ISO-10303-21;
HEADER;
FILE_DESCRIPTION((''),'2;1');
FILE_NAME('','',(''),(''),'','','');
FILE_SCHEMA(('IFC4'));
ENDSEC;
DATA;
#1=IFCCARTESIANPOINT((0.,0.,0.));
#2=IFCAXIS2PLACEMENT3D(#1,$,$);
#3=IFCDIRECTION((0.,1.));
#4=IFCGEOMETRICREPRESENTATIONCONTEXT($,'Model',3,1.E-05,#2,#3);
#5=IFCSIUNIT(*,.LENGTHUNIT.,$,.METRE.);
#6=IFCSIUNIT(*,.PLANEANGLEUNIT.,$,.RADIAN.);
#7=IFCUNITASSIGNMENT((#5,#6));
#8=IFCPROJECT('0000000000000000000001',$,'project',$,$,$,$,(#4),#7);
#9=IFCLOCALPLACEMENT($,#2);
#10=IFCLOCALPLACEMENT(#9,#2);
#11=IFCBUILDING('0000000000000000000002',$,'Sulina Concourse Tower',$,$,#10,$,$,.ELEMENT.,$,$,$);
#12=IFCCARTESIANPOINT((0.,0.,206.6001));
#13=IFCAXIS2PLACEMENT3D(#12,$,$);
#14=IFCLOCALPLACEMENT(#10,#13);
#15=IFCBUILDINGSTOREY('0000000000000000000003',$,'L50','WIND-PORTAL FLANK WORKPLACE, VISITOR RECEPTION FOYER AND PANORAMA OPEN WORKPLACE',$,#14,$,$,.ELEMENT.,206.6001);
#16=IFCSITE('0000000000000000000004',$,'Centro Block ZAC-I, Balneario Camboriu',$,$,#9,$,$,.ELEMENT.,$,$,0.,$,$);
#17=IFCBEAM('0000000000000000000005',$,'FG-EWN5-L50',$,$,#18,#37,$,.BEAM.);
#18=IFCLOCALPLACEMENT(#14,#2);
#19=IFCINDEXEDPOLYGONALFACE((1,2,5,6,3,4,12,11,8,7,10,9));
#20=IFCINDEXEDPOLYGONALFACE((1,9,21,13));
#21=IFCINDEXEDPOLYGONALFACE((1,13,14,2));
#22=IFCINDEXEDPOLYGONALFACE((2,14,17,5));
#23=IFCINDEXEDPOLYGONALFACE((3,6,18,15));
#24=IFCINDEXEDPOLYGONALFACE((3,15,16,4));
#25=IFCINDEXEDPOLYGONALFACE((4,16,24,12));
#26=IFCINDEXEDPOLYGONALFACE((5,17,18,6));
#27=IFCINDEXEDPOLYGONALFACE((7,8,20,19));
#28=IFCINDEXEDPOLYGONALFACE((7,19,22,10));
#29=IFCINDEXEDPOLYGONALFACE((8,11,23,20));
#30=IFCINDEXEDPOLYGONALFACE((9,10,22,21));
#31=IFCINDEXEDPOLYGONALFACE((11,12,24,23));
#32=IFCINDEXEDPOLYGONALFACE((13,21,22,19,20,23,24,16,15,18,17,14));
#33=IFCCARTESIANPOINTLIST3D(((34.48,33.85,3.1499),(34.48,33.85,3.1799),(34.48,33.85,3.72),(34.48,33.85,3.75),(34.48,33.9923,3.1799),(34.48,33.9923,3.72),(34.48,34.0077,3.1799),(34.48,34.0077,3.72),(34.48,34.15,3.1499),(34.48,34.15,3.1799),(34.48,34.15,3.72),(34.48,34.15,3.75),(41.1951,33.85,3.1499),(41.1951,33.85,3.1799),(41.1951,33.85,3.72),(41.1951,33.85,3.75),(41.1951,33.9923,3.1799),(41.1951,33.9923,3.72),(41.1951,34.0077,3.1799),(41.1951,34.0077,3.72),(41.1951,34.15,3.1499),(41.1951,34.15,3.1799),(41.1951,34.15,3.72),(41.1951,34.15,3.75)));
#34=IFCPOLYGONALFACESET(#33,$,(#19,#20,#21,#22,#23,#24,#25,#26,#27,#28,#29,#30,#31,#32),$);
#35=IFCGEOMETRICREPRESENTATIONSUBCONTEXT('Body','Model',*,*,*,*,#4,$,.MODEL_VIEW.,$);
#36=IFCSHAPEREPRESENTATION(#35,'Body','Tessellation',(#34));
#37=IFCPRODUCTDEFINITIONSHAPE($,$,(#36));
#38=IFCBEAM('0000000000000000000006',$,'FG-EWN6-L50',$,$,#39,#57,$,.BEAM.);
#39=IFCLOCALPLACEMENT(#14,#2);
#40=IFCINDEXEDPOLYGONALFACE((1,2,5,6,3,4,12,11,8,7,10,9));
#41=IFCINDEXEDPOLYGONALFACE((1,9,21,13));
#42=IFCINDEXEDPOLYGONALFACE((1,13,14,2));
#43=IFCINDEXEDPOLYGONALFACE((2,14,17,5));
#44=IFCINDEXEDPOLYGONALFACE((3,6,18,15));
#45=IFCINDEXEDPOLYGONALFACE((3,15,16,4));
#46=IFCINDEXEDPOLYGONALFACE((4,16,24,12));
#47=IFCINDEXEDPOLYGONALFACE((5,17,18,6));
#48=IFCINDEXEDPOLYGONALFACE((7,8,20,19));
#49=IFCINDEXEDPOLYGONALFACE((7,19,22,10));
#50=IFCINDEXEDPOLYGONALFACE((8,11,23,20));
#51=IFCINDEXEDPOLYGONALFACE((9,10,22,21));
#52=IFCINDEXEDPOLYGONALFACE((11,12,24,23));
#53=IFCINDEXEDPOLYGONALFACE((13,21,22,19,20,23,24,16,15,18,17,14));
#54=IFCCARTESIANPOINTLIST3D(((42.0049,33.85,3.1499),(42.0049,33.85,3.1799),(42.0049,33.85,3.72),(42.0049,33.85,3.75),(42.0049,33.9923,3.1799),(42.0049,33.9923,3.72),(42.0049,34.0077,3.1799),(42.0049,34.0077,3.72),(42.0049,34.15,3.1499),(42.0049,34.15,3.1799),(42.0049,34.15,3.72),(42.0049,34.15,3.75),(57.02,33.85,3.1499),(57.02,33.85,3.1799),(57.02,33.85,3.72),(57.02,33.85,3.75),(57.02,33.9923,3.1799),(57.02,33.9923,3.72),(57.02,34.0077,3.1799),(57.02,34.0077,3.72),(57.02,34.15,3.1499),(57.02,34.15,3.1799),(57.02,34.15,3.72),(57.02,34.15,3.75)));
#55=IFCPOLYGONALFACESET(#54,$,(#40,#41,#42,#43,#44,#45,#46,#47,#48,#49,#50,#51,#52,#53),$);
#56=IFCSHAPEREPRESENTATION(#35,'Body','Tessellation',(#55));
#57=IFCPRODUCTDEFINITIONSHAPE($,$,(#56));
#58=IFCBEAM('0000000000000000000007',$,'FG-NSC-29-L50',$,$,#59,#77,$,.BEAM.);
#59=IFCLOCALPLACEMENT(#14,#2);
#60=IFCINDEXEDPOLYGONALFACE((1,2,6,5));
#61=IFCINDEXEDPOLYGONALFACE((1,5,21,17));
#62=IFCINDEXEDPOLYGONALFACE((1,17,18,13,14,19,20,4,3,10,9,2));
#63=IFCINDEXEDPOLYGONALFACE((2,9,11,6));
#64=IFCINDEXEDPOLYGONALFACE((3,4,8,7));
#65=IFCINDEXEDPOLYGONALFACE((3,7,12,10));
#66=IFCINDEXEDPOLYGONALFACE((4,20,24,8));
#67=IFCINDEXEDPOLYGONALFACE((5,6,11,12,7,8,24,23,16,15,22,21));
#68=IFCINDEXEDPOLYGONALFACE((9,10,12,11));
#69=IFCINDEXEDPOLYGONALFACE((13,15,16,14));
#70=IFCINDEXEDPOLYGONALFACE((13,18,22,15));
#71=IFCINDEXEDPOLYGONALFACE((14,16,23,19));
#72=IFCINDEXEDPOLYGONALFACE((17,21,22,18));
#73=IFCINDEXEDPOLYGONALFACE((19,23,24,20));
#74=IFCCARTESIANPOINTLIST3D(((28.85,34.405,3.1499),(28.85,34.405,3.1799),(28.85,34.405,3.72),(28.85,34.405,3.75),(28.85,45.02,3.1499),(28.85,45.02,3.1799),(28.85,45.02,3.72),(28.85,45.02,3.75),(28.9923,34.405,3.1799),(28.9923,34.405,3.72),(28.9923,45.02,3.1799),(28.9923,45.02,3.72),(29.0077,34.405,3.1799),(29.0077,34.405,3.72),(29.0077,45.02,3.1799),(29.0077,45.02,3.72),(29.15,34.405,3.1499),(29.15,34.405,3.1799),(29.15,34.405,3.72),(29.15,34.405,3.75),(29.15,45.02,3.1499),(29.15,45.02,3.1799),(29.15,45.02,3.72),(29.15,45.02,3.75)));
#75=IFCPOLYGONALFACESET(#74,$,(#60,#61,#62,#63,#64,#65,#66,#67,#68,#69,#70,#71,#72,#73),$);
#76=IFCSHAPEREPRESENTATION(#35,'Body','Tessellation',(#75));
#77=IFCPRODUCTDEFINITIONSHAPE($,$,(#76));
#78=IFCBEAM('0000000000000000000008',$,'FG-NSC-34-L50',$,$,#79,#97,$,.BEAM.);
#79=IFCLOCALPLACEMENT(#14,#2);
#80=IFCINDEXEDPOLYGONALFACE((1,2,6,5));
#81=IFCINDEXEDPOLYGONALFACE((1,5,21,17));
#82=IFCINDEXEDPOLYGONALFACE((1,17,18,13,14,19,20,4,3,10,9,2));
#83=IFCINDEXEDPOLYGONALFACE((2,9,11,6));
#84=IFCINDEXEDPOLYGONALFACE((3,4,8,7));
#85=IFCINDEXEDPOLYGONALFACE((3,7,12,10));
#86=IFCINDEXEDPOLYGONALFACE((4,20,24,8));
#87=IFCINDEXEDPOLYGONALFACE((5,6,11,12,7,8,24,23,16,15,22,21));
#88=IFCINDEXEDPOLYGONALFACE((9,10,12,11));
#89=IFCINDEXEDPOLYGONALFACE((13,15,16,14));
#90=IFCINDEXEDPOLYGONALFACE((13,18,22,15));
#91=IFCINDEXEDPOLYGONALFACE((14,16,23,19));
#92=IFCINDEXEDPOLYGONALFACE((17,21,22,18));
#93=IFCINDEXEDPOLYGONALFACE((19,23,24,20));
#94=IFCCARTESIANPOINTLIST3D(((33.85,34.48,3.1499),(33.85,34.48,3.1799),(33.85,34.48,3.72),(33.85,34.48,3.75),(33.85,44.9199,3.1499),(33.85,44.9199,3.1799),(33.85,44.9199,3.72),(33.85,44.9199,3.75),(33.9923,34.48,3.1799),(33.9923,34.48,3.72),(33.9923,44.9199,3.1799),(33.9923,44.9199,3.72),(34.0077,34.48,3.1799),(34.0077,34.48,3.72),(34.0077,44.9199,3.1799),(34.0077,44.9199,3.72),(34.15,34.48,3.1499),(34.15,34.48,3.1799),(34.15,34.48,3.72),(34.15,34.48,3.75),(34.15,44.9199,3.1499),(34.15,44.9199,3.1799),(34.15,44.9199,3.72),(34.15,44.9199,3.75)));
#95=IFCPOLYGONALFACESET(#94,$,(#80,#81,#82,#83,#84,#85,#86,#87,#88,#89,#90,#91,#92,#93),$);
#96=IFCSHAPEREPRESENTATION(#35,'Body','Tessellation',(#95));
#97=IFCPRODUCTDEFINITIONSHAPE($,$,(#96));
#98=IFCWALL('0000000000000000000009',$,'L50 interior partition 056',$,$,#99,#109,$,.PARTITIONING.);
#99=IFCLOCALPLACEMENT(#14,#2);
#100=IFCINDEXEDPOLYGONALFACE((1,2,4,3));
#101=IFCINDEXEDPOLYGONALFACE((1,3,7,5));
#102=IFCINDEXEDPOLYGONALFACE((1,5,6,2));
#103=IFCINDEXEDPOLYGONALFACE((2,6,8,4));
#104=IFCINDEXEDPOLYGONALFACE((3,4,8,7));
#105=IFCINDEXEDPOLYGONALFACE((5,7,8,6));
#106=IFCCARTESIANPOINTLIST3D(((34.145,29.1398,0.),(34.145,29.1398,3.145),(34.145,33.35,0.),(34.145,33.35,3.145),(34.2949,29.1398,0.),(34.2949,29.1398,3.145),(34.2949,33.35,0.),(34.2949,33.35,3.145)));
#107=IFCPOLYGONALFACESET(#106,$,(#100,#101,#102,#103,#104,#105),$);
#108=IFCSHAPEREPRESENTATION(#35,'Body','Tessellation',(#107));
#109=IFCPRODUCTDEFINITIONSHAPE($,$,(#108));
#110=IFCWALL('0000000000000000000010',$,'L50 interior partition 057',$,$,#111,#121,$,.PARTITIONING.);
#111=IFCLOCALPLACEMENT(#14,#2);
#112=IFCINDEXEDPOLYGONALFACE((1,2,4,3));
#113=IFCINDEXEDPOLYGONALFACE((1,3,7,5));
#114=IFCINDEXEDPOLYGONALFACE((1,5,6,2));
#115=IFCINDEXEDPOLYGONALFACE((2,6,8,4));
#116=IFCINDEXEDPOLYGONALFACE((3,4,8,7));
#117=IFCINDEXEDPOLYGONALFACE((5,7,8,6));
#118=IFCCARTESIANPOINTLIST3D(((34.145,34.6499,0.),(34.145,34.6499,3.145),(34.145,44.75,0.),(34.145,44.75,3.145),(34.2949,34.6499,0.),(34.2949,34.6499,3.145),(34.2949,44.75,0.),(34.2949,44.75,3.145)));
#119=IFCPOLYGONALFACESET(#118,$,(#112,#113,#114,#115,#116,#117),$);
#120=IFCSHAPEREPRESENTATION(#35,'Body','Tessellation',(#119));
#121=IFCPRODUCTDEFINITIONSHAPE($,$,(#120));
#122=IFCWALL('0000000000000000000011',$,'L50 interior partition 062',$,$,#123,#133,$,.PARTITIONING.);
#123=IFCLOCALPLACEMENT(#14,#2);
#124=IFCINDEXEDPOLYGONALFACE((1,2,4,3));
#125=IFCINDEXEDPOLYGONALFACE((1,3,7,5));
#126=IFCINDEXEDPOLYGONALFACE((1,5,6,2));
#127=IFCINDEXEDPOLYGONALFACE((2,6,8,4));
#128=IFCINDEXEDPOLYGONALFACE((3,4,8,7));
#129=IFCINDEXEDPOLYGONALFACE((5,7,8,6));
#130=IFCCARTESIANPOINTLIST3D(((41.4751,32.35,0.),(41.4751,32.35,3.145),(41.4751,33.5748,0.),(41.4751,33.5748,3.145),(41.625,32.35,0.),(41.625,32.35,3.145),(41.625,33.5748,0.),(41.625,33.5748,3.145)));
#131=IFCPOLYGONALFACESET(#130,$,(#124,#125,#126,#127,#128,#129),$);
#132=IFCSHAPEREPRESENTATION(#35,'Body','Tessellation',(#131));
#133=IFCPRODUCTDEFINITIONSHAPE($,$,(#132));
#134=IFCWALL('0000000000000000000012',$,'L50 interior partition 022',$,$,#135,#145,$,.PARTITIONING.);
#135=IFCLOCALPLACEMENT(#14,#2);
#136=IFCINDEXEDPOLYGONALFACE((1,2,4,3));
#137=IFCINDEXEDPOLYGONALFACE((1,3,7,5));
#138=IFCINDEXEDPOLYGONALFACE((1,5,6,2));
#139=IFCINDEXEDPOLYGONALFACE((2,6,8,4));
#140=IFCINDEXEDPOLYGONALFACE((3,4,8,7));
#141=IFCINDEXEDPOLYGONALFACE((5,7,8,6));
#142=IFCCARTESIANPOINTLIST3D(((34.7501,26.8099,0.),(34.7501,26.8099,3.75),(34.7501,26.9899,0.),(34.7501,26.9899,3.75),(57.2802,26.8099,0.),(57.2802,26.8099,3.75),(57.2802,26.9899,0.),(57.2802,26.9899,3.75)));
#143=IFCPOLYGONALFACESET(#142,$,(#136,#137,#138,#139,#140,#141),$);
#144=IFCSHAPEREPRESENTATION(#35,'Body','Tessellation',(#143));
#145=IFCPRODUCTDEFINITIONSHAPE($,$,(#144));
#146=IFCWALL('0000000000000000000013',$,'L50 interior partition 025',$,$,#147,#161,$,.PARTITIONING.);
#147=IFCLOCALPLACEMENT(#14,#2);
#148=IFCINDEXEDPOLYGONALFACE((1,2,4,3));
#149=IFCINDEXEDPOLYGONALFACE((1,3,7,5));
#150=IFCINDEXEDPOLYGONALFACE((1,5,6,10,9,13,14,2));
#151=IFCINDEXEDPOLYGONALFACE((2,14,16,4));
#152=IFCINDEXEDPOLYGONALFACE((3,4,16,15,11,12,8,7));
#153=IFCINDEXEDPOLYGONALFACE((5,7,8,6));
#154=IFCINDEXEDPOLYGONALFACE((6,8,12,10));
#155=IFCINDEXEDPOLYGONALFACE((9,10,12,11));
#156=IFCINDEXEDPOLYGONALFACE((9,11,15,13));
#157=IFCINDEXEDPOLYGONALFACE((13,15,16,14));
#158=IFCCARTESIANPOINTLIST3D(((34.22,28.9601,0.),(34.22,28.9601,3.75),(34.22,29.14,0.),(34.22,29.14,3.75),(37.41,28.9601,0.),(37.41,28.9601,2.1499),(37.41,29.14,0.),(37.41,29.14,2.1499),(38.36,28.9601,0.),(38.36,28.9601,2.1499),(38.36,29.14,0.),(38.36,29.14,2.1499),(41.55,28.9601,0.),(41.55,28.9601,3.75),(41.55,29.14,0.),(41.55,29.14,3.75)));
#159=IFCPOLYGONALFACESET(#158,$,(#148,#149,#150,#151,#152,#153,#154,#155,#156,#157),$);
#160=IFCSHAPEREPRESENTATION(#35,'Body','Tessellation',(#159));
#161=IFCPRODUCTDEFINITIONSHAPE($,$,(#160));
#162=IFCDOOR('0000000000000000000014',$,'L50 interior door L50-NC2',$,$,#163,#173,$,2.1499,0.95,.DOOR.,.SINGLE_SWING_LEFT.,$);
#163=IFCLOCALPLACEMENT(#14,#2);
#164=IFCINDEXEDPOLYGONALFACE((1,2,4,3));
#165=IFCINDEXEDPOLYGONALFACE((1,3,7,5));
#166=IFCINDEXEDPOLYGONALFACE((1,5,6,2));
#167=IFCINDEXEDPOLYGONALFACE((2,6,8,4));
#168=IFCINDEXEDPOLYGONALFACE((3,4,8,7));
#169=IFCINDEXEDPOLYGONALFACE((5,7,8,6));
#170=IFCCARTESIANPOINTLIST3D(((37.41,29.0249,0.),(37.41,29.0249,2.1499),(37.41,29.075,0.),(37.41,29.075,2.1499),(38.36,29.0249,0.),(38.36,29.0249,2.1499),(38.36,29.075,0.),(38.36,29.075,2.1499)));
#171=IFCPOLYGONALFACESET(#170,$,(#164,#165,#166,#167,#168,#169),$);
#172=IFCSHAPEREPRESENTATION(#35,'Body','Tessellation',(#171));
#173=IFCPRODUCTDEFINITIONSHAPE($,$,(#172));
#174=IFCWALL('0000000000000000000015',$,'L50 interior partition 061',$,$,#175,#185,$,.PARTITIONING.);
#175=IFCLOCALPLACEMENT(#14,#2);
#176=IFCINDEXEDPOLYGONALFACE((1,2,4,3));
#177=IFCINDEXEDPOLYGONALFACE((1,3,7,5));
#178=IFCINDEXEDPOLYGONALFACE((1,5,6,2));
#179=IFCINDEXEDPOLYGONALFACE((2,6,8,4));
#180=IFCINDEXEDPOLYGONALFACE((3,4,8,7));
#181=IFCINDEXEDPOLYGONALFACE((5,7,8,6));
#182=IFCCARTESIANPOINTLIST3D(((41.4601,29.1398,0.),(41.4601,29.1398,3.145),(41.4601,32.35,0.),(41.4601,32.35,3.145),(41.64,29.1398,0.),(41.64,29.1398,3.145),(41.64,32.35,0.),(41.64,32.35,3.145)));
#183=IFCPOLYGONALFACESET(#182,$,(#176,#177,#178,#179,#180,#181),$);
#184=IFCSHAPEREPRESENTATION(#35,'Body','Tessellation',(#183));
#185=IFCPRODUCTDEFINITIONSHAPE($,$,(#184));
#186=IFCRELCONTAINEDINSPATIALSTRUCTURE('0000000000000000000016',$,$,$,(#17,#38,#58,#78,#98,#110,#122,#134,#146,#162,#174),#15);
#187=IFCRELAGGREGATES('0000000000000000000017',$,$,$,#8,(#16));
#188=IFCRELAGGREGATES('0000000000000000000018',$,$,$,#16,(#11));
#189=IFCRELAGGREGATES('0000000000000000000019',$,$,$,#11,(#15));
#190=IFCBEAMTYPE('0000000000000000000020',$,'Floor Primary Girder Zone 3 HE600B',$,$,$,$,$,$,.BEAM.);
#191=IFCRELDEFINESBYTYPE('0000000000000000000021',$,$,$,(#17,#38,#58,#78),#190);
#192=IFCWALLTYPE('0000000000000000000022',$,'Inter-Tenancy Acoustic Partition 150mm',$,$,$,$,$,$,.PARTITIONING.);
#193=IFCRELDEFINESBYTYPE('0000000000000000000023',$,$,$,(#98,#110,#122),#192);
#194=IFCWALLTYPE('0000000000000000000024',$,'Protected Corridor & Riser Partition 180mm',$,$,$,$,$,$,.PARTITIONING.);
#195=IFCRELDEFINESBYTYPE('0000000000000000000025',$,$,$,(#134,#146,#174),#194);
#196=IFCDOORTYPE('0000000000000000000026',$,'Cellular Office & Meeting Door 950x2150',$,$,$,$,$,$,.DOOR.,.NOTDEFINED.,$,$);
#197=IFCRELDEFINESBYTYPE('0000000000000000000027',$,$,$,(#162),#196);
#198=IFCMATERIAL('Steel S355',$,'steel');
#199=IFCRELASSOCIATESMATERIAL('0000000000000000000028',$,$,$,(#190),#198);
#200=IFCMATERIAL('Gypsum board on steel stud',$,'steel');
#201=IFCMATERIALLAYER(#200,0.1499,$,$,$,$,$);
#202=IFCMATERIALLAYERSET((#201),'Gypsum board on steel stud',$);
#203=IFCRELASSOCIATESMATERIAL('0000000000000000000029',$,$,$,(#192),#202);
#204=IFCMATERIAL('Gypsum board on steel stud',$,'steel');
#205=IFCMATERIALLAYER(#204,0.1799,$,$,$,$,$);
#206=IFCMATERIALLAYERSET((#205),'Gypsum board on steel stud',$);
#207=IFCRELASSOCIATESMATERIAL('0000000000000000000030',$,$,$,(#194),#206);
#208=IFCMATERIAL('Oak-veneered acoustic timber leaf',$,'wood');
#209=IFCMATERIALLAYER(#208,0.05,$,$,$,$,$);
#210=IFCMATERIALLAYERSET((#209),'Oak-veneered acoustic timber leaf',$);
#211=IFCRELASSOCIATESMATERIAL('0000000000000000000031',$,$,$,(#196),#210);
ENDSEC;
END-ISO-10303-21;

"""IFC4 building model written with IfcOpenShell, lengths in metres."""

from ifc_helpers import new_model, si_unit, direction, frame, frame_2d, origin, origin_2d, place, context, subcontext, project, spatial, rectangle, i_section, extrude, material, layer, layer_set, material_profile, profile_set, type_object, element, fill, save


model = new_model("IFC4")

# Units and contexts
model_context = context("Model", 3, precision=1e-05, world=origin(), true_north=direction((0.0, 1.0)))
body_context = subcontext(model_context, "Body", "Model", "MODEL_VIEW")
ifc_project = project(units=[si_unit("LENGTHUNIT", "METRE"), si_unit("PLANEANGLEUNIT", "RADIAN")], contexts=[model_context])

# Site, building, storey
site_placement = place(None, origin())
site = spatial("IfcSite", under=ifc_project, at=site_placement, Name="Centro Block ZAC-I, Balneario Camboriu", CompositionType="ELEMENT", RefElevation=0.0)
building_placement = place(site_placement, origin())
building = spatial("IfcBuilding", under=site, at=building_placement, Name="Sulina Concourse Tower", CompositionType="ELEMENT")
storey_placement = place(building_placement, frame((0.0, 0.0, 206.6001)))
storey = spatial("IfcBuildingStorey", under=building, at=storey_placement, Name="L50", Description="WIND-PORTAL FLANK WORKPLACE, VISITOR RECEPTION FOYER AND PANORAMA OPEN WORKPLACE", CompositionType="ELEMENT", Elevation=206.6001)

# Beams
ifc_material_1 = material(Name="Steel S355", Category="steel")
ifc_material_profile_1 = material_profile(ifc_material_1, i_section(OverallWidth=0.3, OverallDepth=0.6001, WebThickness=0.0154, FlangeThickness=0.03, at=origin_2d()), Name="HE 600 B")
ifc_profile_set_1 = profile_set([ifc_material_profile_1], Name="Steel S355")
beam_type_1 = type_object("IfcBeamType", Name="Floor Primary Girder Zone 3 HE600B", PredefinedType="BEAM", material=ifc_profile_set_1)
beam_1_placement = place(storey_placement, frame((34.48, 34.0, 3.45), z_axis=(1.0, 0.0, 0.0), x_axis=(0.0, 1.0, 0.0)))
element("IfcBeam", 1, at=beam_1_placement, inside=storey, type_object=beam_type_1, Name="FG-EWN5-L50", PredefinedType="BEAM", context=body_context, shape_type="SweptSolid", body=[
    extrude(i_section(OverallWidth=0.3, OverallDepth=0.6001, WebThickness=0.0154, FlangeThickness=0.03, at=origin_2d()), origin(), (0.0, 0.0, 1.0), 6.7151),
])
beam_2_placement = place(storey_placement, frame((42.0049, 34.0, 3.45), z_axis=(1.0, 0.0, 0.0), x_axis=(0.0, 1.0, 0.0)))
element("IfcBeam", 2, at=beam_2_placement, inside=storey, type_object=beam_type_1, Name="FG-EWN6-L50", PredefinedType="BEAM", context=body_context, shape_type="SweptSolid", body=[
    extrude(i_section(OverallWidth=0.3, OverallDepth=0.6001, WebThickness=0.0154, FlangeThickness=0.03, at=origin_2d()), origin(), (0.0, 0.0, 1.0), 15.0151),
])
beam_3_placement = place(storey_placement, frame((29.0, 34.405, 3.45), z_axis=(0.0, 1.0, 0.0), x_axis=(-1.0, 0.0, 0.0)))
element("IfcBeam", 3, at=beam_3_placement, inside=storey, type_object=beam_type_1, Name="FG-NSC-29-L50", PredefinedType="BEAM", context=body_context, shape_type="SweptSolid", body=[
    extrude(i_section(OverallWidth=0.3, OverallDepth=0.6001, WebThickness=0.0154, FlangeThickness=0.03, at=origin_2d()), origin(), (0.0, 0.0, 1.0), 10.615),
])
beam_4_placement = place(storey_placement, frame((34.0, 34.48, 3.45), z_axis=(0.0, 1.0, 0.0), x_axis=(-1.0, 0.0, 0.0)))
element("IfcBeam", 4, at=beam_4_placement, inside=storey, type_object=beam_type_1, Name="FG-NSC-34-L50", PredefinedType="BEAM", context=body_context, shape_type="SweptSolid", body=[
    extrude(i_section(OverallWidth=0.3, OverallDepth=0.6001, WebThickness=0.0154, FlangeThickness=0.03, at=origin_2d()), origin(), (0.0, 0.0, 1.0), 10.4399),
])

# Walls
ifc_material_2 = material(Name="Gypsum board on steel stud", Category="steel")
ifc_layer_1 = layer(ifc_material_2, 0.1499)
ifc_layer_set_1 = layer_set([ifc_layer_1], Name="Gypsum board on steel stud")
wall_type_1 = type_object("IfcWallType", Name="Inter-Tenancy Acoustic Partition 150mm", PredefinedType="PARTITIONING", material=ifc_layer_set_1)
wall_1_placement = place(storey_placement, frame((34.22, 29.1399, 0.0), z_axis=(0.0, 0.0, 1.0), x_axis=(0.0, 1.0, 0.0)))
element("IfcWall", 5, at=wall_1_placement, inside=storey, type_object=wall_type_1, Name="L50 interior partition 056", PredefinedType="PARTITIONING", context=body_context, shape_type="SweptSolid", body=[
    extrude(rectangle(XDim=4.2102, YDim=0.1499, at=frame_2d((2.105, 0.0))), origin(), (0.0, 0.0, 1.0), 3.145),
])
wall_2_placement = place(storey_placement, frame((34.22, 34.6499, 0.0), z_axis=(0.0, 0.0, 1.0), x_axis=(0.0, 1.0, 0.0)))
element("IfcWall", 6, at=wall_2_placement, inside=storey, type_object=wall_type_1, Name="L50 interior partition 057", PredefinedType="PARTITIONING", context=body_context, shape_type="SweptSolid", body=[
    extrude(rectangle(XDim=10.1001, YDim=0.1499, at=frame_2d((5.05, 0.0))), origin(), (0.0, 0.0, 1.0), 3.145),
])
wall_3_placement = place(storey_placement, frame((41.55, 32.3501, 0.0), z_axis=(0.0, 0.0, 1.0), x_axis=(0.0, 1.0, 0.0)))
element("IfcWall", 7, at=wall_3_placement, inside=storey, type_object=wall_type_1, Name="L50 interior partition 062", PredefinedType="PARTITIONING", context=body_context, shape_type="SweptSolid", body=[
    extrude(rectangle(XDim=1.2249, YDim=0.1499, at=frame_2d((0.6123, 0.0))), origin(), (0.0, 0.0, 1.0), 3.145),
])
ifc_material_3 = material(Name="Gypsum board on steel stud", Category="steel")
ifc_layer_2 = layer(ifc_material_3, 0.1799)
ifc_layer_set_2 = layer_set([ifc_layer_2], Name="Gypsum board on steel stud")
wall_type_2 = type_object("IfcWallType", Name="Protected Corridor & Riser Partition 180mm", PredefinedType="PARTITIONING", material=ifc_layer_set_2)
wall_4_placement = place(storey_placement, frame((34.75, 26.8999, 0.0), z_axis=(0.0, 0.0, 1.0), x_axis=(1.0, 0.0, 0.0)))
element("IfcWall", 8, at=wall_4_placement, inside=storey, type_object=wall_type_2, Name="L50 interior partition 022", PredefinedType="PARTITIONING", context=body_context, shape_type="SweptSolid", body=[
    extrude(rectangle(XDim=22.53, YDim=0.1799, at=frame_2d((11.2651, 0.0))), origin(), (0.0, 0.0, 1.0), 3.75),
])

# Wall, opening, door
wall_5_placement = place(storey_placement, frame((34.22, 29.05, 0.0), z_axis=(0.0, 0.0, 1.0), x_axis=(1.0, 0.0, 0.0)))
wall_5 = element("IfcWall", 9, at=wall_5_placement, inside=storey, type_object=wall_type_2, Name="L50 interior partition 025", PredefinedType="PARTITIONING", context=body_context, shape_type="SweptSolid", body=[
    extrude(rectangle(XDim=7.3301, YDim=0.1799, at=frame_2d((3.665, 0.0))), origin(), (0.0, 0.0, 1.0), 3.75),
])
opening_1_placement = place(wall_5_placement, frame((3.1899, 0.0, 0.0)))
opening_1 = element("IfcOpeningElement", 10, at=opening_1_placement, cuts=wall_5, PredefinedType="OPENING", context=body_context, shape_type="SweptSolid", body=[
    extrude(rectangle(XDim=0.95, YDim=2.1499, at=frame_2d((0.4751, 1.075))), frame((0.0, 0.0999, 0.0), z_axis=(0.0, -1.0, 0.0), x_axis=(1.0, 0.0, 0.0)), (0.0, 0.0, 1.0), 0.2),
])
ifc_material_4 = material(Name="Oak-veneered acoustic timber leaf", Category="wood")
ifc_layer_3 = layer(ifc_material_4, 0.05)
ifc_layer_set_3 = layer_set([ifc_layer_3], Name="Oak-veneered acoustic timber leaf")
door_type_1 = type_object("IfcDoorType", Name="Cellular Office & Meeting Door 950x2150", OperationType="NOTDEFINED", PredefinedType="DOOR", material=ifc_layer_set_3)
door_1_placement = place(opening_1_placement, origin())
door_1 = element("IfcDoor", 11, at=door_1_placement, inside=storey, type_object=door_type_1, Name="L50 interior door L50-NC2", OperationType="SINGLE_SWING_LEFT", OverallHeight=2.1499, OverallWidth=0.95, PredefinedType="DOOR", context=body_context, shape_type="SweptSolid", body=[
    extrude(rectangle(XDim=0.95, YDim=2.1499, at=frame_2d((0.4751, 1.075))), frame((0.0, 0.0249, 0.0), z_axis=(0.0, -1.0, 0.0), x_axis=(1.0, 0.0, 0.0)), (0.0, 0.0, 1.0), 0.05),
])
fill(opening_1, door_1)

# Wall
wall_6_placement = place(storey_placement, frame((41.55, 29.1399, 0.0), z_axis=(0.0, 0.0, 1.0), x_axis=(0.0, 1.0, 0.0)))
element("IfcWall", 12, at=wall_6_placement, inside=storey, type_object=wall_type_2, Name="L50 interior partition 061", PredefinedType="PARTITIONING", context=body_context, shape_type="SweptSolid", body=[
    extrude(rectangle(XDim=3.2102, YDim=0.1799, at=frame_2d((1.605, 0.0))), origin(), (0.0, 0.0, 1.0), 3.145),
])

save(model, "model.ifc")
